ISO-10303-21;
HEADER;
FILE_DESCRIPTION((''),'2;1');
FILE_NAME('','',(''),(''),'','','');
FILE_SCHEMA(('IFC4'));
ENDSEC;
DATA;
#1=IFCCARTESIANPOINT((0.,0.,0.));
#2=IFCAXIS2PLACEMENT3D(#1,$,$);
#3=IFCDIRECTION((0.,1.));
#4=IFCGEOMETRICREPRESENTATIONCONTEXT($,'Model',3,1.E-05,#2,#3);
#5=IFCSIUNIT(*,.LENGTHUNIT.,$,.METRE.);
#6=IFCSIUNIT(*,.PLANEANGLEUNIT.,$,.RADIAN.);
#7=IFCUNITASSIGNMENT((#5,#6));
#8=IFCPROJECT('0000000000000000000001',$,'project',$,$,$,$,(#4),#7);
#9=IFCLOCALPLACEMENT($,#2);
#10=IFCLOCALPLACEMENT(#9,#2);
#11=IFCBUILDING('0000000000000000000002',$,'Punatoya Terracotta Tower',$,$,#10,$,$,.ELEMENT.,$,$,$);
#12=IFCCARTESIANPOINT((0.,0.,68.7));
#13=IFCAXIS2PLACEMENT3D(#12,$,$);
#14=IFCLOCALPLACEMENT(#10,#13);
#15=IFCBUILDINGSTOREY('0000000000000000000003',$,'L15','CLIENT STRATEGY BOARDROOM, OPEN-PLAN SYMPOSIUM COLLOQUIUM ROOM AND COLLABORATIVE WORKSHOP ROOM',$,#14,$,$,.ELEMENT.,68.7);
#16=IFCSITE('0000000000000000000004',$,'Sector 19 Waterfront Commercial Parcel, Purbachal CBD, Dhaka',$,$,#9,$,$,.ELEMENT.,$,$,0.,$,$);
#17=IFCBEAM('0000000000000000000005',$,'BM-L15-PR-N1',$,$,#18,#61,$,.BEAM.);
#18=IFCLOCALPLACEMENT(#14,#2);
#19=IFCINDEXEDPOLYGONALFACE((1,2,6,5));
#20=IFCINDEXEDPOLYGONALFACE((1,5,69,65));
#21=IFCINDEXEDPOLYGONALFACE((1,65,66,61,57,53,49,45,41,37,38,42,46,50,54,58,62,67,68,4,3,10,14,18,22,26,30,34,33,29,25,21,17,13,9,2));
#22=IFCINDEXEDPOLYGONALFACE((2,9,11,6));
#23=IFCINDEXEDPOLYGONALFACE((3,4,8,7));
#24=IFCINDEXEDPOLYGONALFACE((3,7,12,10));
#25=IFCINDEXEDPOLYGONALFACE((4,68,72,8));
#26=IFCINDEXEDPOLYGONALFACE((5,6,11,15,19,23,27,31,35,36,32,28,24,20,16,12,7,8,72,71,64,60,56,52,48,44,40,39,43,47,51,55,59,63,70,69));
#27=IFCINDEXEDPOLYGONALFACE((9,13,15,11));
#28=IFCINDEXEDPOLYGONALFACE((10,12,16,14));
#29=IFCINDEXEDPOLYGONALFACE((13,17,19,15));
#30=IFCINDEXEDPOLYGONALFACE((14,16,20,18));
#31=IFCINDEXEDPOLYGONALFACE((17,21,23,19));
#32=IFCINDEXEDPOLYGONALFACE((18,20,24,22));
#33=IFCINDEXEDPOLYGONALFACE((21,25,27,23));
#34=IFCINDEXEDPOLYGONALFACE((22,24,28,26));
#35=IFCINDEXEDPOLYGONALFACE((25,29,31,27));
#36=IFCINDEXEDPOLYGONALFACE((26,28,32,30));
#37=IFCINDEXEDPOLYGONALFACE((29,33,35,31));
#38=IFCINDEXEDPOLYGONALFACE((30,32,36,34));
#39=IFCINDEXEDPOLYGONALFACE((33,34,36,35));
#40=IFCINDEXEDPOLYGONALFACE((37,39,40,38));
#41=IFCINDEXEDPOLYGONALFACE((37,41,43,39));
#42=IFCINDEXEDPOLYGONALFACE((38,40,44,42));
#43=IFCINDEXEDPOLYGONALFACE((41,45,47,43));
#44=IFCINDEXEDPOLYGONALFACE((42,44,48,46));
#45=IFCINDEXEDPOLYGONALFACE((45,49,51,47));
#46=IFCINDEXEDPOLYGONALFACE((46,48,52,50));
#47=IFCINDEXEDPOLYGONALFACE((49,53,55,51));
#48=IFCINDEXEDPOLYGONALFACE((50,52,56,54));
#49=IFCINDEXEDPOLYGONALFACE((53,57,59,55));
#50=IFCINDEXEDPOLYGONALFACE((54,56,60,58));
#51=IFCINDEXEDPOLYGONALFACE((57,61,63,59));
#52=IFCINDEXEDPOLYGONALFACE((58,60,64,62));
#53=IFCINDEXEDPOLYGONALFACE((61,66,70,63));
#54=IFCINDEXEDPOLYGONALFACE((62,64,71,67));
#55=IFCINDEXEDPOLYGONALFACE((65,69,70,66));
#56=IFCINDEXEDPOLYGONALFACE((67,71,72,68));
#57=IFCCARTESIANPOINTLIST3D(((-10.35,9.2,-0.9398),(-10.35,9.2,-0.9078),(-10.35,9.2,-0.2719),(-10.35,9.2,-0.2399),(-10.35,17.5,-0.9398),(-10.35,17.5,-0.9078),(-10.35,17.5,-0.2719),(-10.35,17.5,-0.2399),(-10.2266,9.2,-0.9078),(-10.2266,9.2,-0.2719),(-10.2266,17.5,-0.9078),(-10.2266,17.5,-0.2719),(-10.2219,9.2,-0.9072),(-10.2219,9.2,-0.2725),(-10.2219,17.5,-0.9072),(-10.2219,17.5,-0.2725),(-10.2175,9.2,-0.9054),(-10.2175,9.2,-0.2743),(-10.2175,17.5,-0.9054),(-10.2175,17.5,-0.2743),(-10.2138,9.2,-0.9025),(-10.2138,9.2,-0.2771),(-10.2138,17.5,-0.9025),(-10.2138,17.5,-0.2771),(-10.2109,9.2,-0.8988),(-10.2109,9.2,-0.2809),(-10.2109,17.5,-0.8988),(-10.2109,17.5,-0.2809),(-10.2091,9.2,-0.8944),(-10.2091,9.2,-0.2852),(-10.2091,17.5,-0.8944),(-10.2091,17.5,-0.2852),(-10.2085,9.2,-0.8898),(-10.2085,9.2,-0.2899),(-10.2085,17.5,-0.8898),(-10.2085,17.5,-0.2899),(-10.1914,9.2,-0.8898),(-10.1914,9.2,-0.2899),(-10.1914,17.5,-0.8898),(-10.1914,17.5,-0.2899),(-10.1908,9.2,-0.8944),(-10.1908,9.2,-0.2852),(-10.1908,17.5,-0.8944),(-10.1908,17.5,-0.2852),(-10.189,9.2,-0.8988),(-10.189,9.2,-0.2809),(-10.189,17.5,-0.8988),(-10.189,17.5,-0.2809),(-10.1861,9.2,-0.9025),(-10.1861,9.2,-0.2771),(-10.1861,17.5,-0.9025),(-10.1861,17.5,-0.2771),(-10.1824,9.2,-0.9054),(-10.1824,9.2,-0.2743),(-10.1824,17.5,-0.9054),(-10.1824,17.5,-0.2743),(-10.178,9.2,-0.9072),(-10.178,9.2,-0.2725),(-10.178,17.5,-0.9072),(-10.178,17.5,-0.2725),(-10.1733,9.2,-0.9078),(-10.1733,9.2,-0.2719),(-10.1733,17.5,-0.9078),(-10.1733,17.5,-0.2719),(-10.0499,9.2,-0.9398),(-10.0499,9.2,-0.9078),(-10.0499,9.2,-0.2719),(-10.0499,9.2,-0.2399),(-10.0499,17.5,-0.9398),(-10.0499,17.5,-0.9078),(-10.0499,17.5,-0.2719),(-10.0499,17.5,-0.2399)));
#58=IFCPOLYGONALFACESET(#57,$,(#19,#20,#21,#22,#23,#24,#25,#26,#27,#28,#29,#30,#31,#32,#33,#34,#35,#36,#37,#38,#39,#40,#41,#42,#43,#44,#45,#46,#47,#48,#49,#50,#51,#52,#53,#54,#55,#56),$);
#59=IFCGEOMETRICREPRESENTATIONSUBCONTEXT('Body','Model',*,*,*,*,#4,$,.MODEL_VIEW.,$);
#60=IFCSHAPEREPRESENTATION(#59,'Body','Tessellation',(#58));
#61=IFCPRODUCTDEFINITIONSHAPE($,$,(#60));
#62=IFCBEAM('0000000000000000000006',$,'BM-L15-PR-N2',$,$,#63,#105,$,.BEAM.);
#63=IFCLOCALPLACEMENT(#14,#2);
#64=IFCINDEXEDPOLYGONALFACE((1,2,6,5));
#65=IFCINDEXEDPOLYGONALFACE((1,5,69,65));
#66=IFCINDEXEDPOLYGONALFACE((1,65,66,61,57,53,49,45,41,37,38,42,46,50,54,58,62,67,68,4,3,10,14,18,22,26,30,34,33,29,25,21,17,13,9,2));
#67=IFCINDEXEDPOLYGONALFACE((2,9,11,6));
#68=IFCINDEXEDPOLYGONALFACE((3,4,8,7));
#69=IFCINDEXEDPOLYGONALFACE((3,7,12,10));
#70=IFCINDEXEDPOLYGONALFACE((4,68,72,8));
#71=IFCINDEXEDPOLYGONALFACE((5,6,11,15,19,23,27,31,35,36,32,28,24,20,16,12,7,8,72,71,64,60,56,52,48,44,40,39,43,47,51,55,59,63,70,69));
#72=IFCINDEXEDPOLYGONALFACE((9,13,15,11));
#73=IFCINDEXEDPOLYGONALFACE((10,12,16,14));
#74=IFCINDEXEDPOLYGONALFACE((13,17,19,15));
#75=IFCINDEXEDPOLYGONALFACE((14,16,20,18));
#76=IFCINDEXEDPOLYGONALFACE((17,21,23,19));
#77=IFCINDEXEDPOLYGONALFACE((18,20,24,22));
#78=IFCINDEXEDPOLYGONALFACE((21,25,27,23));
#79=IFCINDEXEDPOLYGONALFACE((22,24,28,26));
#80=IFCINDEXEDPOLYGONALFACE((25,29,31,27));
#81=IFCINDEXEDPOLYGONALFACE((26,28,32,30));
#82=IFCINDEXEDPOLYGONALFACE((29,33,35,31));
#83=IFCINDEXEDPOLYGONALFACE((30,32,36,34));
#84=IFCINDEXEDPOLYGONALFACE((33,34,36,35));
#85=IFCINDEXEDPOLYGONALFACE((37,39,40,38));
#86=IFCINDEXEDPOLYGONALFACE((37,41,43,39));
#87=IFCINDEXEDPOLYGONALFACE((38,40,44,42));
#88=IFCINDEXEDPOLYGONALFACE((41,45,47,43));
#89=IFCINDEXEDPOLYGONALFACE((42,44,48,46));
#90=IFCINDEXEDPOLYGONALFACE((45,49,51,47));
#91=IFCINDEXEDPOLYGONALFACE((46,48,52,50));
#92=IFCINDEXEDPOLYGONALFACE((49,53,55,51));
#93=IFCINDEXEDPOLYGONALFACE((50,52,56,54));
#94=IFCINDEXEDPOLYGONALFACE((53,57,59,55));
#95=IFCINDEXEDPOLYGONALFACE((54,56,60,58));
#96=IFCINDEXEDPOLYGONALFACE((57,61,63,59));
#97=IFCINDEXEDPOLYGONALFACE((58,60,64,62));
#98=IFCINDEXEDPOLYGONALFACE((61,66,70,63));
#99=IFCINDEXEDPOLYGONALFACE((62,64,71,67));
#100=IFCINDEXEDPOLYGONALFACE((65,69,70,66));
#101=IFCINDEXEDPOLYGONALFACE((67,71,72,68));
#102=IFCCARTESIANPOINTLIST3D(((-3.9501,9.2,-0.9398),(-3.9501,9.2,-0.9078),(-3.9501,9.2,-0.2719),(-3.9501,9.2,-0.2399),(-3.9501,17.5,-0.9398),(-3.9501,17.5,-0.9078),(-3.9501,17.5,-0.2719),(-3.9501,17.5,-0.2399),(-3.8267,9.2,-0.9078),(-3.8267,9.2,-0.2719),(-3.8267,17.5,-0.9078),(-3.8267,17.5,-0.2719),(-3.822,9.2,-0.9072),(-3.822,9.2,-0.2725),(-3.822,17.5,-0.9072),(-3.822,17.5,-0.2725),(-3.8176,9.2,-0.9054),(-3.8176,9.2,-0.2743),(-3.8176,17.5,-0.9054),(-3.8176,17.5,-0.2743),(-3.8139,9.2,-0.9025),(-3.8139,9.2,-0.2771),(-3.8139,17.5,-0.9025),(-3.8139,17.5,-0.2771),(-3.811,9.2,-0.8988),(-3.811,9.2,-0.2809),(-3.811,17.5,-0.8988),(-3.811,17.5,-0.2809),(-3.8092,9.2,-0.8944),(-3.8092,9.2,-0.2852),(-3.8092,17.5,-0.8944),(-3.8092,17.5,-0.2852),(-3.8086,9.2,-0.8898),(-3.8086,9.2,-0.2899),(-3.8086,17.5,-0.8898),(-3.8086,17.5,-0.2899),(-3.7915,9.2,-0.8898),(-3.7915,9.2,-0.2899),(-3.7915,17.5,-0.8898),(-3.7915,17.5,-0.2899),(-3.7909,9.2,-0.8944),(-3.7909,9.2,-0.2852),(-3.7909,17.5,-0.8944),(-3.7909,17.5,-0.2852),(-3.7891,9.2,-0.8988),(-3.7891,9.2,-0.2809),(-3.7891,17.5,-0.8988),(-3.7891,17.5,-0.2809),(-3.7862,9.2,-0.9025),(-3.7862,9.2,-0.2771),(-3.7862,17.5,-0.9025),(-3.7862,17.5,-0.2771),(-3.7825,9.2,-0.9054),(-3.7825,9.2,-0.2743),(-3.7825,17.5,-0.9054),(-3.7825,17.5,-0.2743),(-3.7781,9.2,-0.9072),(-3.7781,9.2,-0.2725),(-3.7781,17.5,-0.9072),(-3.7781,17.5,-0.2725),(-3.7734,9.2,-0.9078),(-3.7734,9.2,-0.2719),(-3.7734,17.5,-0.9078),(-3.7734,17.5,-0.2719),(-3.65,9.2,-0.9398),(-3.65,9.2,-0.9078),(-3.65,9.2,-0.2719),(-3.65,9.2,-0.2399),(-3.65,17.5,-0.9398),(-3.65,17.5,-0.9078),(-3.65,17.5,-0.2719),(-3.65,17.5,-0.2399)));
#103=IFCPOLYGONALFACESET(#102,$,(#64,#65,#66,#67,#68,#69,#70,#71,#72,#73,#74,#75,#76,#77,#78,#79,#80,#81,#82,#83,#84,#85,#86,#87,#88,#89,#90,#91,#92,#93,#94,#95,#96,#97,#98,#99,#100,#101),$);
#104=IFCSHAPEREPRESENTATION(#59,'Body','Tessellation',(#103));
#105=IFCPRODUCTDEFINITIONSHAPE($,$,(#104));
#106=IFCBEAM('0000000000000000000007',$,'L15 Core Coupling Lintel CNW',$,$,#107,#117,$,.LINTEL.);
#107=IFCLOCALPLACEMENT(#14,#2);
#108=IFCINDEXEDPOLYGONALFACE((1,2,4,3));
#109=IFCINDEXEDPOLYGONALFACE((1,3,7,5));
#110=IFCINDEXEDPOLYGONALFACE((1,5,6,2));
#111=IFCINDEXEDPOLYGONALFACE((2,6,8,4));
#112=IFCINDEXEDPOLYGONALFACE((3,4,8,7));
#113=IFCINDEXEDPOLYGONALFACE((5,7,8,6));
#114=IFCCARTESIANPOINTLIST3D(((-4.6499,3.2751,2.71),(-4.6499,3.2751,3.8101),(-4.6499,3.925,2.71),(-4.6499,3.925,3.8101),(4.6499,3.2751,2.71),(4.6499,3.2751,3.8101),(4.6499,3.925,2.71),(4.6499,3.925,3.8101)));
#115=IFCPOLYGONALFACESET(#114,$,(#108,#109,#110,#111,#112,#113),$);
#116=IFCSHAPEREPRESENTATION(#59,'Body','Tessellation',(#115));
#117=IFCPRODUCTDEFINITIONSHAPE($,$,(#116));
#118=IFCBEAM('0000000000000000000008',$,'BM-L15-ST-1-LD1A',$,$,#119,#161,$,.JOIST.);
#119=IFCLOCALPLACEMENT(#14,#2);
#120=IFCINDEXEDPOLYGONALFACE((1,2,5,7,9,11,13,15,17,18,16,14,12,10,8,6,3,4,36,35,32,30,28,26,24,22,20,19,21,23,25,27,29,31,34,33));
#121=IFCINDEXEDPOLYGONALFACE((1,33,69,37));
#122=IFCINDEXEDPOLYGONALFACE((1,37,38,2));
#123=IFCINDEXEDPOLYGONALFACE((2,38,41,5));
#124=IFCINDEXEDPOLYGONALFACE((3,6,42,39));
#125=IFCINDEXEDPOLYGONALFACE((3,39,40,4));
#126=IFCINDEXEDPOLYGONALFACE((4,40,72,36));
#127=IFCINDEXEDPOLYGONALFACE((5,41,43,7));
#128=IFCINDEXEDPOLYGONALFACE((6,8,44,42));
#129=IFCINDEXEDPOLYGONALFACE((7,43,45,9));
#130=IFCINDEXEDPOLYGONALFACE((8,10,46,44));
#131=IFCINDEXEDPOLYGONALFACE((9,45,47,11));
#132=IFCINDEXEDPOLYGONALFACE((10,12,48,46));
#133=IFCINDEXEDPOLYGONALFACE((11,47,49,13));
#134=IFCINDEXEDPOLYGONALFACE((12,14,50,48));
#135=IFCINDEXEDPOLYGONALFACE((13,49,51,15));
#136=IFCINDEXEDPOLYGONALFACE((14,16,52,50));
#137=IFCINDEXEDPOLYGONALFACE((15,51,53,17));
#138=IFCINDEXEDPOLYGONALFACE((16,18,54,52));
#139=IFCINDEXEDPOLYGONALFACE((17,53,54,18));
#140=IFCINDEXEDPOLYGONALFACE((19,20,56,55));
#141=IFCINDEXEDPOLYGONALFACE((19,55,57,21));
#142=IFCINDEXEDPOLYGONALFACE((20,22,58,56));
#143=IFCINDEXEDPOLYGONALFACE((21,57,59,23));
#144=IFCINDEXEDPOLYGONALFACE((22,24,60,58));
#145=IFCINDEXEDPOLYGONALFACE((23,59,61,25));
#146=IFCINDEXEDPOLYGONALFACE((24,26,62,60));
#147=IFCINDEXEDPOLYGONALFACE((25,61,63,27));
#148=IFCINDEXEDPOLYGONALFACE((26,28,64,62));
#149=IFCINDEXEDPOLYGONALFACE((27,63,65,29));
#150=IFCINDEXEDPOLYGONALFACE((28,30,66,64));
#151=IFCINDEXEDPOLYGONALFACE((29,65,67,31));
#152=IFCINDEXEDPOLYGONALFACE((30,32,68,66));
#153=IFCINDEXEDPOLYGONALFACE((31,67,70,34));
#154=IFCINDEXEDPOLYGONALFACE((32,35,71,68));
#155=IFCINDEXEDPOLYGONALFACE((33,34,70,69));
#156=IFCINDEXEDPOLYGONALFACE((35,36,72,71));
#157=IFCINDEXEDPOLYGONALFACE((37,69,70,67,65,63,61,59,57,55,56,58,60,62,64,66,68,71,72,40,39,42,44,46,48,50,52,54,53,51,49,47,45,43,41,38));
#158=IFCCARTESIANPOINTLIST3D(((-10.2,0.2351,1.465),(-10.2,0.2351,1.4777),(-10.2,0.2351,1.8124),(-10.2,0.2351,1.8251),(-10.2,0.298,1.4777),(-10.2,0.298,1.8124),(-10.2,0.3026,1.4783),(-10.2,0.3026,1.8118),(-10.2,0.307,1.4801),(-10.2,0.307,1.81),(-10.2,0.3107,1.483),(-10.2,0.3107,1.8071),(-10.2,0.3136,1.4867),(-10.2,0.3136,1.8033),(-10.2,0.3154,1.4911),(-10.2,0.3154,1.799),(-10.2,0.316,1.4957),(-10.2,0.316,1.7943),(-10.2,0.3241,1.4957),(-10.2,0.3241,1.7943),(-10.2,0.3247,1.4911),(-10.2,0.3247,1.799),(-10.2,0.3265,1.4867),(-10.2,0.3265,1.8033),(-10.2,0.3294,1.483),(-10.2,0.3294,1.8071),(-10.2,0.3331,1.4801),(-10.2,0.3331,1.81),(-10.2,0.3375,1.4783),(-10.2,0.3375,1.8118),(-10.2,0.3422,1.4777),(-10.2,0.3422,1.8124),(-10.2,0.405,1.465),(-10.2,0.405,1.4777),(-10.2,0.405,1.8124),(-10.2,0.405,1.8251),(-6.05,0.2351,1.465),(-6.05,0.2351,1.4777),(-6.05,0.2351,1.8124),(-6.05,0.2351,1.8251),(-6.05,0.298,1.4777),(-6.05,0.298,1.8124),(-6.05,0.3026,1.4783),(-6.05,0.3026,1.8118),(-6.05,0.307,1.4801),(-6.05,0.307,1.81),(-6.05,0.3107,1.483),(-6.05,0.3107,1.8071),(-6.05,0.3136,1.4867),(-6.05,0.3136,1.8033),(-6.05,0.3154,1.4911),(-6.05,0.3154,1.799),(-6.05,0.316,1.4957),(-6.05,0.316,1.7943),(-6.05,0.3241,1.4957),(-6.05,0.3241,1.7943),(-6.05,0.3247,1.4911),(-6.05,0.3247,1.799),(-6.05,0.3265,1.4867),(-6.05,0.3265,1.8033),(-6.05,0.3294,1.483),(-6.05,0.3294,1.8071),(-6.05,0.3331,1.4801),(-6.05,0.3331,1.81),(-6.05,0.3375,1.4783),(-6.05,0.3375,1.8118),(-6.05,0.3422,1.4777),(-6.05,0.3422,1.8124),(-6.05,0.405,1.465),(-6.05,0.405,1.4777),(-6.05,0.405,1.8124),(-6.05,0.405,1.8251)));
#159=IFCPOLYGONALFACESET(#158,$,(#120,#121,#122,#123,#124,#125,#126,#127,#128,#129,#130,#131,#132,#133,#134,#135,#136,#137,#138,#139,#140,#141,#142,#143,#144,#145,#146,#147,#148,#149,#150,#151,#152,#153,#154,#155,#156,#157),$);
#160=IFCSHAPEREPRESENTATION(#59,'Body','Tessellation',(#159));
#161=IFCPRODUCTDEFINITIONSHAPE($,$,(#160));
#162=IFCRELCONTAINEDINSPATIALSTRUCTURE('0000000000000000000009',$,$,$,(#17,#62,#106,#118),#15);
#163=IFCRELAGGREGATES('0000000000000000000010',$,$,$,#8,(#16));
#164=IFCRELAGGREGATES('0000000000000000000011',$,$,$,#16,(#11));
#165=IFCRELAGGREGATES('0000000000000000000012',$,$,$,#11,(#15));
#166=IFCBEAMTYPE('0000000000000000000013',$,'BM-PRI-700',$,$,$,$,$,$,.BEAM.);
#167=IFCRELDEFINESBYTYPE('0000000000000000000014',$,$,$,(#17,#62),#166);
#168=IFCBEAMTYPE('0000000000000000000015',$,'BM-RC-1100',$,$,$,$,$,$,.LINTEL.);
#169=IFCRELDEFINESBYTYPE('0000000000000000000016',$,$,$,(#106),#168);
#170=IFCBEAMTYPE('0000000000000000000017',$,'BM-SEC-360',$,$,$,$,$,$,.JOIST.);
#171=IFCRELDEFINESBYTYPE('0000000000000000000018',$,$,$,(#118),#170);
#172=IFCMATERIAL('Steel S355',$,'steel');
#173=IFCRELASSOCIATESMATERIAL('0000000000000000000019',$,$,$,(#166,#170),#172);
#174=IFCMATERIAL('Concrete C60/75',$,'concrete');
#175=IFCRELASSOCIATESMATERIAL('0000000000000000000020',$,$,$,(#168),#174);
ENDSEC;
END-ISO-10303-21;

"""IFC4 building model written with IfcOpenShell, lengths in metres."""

from ifc_helpers import new_model, si_unit, direction, frame, origin, origin_2d, place, context, subcontext, project, spatial, rectangle, i_section, extrude, material, material_profile, profile_set, type_object, element, save


model = new_model("IFC4")

# Units and contexts
model_context = context("Model", 3, precision=1e-05, world=origin(), true_north=direction((0.0, 1.0)))
body_context = subcontext(model_context, "Body", "Model", "MODEL_VIEW")
ifc_project = project(units=[si_unit("LENGTHUNIT", "METRE"), si_unit("PLANEANGLEUNIT", "RADIAN")], contexts=[model_context])

# Site, building, storey
site_placement = place(None, origin())
site = spatial("IfcSite", under=ifc_project, at=site_placement, Name="Sector 19 Waterfront Commercial Parcel, Purbachal CBD, Dhaka", CompositionType="ELEMENT", RefElevation=0.0)
building_placement = place(site_placement, origin())
building = spatial("IfcBuilding", under=site, at=building_placement, Name="Punatoya Terracotta Tower", CompositionType="ELEMENT")
storey_placement = place(building_placement, frame((0.0, 0.0, 68.7)))
storey = spatial("IfcBuildingStorey", under=building, at=storey_placement, Name="L15", Description="CLIENT STRATEGY BOARDROOM, OPEN-PLAN SYMPOSIUM COLLOQUIUM ROOM AND COLLABORATIVE WORKSHOP ROOM", CompositionType="ELEMENT", Elevation=68.7)

# Beams
ifc_material_1 = material(Name="Steel S355", Category="steel")
ifc_material_profile_1 = material_profile(ifc_material_1, i_section(OverallWidth=0.3, OverallDepth=0.7, WebThickness=0.0171, FlangeThickness=0.032, FilletRadius=0.0181, at=origin_2d()))
ifc_profile_set_1 = profile_set([ifc_material_profile_1], Name="Steel S355")
beam_type_1 = type_object("IfcBeamType", Name="BM-PRI-700", PredefinedType="BEAM", material=ifc_profile_set_1)
for number, where, z_axis, x_axis, name in (
    (1, (-10.2, 9.2, -0.5898), (0.0, 1.0, 0.0), (-1.0, 0.0, 0.0), "BM-L15-PR-N1"),
    (2, (-3.8, 9.2, -0.5898), (0.0, 1.0, 0.0), (-1.0, 0.0, 0.0), "BM-L15-PR-N2"),
):
    element("IfcBeam", number, at=place(storey_placement, frame(where, z_axis=z_axis, x_axis=x_axis)), inside=storey, type_object=beam_type_1, Name=name, PredefinedType="BEAM", context=body_context, shape_type="SweptSolid", body=[
        extrude(i_section(OverallWidth=0.3, OverallDepth=0.7, WebThickness=0.0171, FlangeThickness=0.032, FilletRadius=0.0181, at=origin_2d()), origin(), (0.0, 0.0, 1.0), 8.3),
    ])
ifc_material_2 = material(Name="Concrete C60/75", Category="concrete")
ifc_material_profile_2 = material_profile(ifc_material_2, rectangle(XDim=0.6499, YDim=1.1001, at=origin_2d()))
ifc_profile_set_2 = profile_set([ifc_material_profile_2], Name="Concrete C60/75")
beam_type_2 = type_object("IfcBeamType", Name="BM-RC-1100", PredefinedType="LINTEL", material=ifc_profile_set_2)
beam_1_placement = place(storey_placement, frame((-4.6499, 3.6001, 3.26), z_axis=(1.0, 0.0, 0.0), x_axis=(0.0, 1.0, 0.0)))
element("IfcBeam", 3, at=beam_1_placement, inside=storey, type_object=beam_type_2, Name="L15 Core Coupling Lintel CNW", PredefinedType="LINTEL", context=body_context, shape_type="SweptSolid", body=[
    extrude(rectangle(XDim=0.6499, YDim=1.1001, at=origin_2d()), origin(), (0.0, 0.0, 1.0), 9.2998),
])
ifc_material_profile_3 = material_profile(ifc_material_1, i_section(OverallWidth=0.1699, OverallDepth=0.3601, WebThickness=0.0081, FlangeThickness=0.0127, FilletRadius=0.0181, at=origin_2d()))
ifc_profile_set_3 = profile_set([ifc_material_profile_3], Name="Steel S355")
beam_type_3 = type_object("IfcBeamType", Name="BM-SEC-360", PredefinedType="JOIST", material=ifc_profile_set_3)
for number, where, z_axis, x_axis, name in (
    (4, (-10.2, 0.3201, 1.645), (1.0, 0.0, 0.0), (0.0, 1.0, 0.0), "BM-L15-ST-1-LD1A"),
):
    element("IfcBeam", number, at=place(storey_placement, frame(where, z_axis=z_axis, x_axis=x_axis)), inside=storey, type_object=beam_type_3, Name=name, PredefinedType="JOIST", context=body_context, shape_type="SweptSolid", body=[
        extrude(i_section(OverallWidth=0.1699, OverallDepth=0.3601, WebThickness=0.0081, FlangeThickness=0.0127, FilletRadius=0.0181, at=origin_2d()), origin(), (0.0, 0.0, 1.0), 4.1499),
    ])

save(model, "model.ifc")
